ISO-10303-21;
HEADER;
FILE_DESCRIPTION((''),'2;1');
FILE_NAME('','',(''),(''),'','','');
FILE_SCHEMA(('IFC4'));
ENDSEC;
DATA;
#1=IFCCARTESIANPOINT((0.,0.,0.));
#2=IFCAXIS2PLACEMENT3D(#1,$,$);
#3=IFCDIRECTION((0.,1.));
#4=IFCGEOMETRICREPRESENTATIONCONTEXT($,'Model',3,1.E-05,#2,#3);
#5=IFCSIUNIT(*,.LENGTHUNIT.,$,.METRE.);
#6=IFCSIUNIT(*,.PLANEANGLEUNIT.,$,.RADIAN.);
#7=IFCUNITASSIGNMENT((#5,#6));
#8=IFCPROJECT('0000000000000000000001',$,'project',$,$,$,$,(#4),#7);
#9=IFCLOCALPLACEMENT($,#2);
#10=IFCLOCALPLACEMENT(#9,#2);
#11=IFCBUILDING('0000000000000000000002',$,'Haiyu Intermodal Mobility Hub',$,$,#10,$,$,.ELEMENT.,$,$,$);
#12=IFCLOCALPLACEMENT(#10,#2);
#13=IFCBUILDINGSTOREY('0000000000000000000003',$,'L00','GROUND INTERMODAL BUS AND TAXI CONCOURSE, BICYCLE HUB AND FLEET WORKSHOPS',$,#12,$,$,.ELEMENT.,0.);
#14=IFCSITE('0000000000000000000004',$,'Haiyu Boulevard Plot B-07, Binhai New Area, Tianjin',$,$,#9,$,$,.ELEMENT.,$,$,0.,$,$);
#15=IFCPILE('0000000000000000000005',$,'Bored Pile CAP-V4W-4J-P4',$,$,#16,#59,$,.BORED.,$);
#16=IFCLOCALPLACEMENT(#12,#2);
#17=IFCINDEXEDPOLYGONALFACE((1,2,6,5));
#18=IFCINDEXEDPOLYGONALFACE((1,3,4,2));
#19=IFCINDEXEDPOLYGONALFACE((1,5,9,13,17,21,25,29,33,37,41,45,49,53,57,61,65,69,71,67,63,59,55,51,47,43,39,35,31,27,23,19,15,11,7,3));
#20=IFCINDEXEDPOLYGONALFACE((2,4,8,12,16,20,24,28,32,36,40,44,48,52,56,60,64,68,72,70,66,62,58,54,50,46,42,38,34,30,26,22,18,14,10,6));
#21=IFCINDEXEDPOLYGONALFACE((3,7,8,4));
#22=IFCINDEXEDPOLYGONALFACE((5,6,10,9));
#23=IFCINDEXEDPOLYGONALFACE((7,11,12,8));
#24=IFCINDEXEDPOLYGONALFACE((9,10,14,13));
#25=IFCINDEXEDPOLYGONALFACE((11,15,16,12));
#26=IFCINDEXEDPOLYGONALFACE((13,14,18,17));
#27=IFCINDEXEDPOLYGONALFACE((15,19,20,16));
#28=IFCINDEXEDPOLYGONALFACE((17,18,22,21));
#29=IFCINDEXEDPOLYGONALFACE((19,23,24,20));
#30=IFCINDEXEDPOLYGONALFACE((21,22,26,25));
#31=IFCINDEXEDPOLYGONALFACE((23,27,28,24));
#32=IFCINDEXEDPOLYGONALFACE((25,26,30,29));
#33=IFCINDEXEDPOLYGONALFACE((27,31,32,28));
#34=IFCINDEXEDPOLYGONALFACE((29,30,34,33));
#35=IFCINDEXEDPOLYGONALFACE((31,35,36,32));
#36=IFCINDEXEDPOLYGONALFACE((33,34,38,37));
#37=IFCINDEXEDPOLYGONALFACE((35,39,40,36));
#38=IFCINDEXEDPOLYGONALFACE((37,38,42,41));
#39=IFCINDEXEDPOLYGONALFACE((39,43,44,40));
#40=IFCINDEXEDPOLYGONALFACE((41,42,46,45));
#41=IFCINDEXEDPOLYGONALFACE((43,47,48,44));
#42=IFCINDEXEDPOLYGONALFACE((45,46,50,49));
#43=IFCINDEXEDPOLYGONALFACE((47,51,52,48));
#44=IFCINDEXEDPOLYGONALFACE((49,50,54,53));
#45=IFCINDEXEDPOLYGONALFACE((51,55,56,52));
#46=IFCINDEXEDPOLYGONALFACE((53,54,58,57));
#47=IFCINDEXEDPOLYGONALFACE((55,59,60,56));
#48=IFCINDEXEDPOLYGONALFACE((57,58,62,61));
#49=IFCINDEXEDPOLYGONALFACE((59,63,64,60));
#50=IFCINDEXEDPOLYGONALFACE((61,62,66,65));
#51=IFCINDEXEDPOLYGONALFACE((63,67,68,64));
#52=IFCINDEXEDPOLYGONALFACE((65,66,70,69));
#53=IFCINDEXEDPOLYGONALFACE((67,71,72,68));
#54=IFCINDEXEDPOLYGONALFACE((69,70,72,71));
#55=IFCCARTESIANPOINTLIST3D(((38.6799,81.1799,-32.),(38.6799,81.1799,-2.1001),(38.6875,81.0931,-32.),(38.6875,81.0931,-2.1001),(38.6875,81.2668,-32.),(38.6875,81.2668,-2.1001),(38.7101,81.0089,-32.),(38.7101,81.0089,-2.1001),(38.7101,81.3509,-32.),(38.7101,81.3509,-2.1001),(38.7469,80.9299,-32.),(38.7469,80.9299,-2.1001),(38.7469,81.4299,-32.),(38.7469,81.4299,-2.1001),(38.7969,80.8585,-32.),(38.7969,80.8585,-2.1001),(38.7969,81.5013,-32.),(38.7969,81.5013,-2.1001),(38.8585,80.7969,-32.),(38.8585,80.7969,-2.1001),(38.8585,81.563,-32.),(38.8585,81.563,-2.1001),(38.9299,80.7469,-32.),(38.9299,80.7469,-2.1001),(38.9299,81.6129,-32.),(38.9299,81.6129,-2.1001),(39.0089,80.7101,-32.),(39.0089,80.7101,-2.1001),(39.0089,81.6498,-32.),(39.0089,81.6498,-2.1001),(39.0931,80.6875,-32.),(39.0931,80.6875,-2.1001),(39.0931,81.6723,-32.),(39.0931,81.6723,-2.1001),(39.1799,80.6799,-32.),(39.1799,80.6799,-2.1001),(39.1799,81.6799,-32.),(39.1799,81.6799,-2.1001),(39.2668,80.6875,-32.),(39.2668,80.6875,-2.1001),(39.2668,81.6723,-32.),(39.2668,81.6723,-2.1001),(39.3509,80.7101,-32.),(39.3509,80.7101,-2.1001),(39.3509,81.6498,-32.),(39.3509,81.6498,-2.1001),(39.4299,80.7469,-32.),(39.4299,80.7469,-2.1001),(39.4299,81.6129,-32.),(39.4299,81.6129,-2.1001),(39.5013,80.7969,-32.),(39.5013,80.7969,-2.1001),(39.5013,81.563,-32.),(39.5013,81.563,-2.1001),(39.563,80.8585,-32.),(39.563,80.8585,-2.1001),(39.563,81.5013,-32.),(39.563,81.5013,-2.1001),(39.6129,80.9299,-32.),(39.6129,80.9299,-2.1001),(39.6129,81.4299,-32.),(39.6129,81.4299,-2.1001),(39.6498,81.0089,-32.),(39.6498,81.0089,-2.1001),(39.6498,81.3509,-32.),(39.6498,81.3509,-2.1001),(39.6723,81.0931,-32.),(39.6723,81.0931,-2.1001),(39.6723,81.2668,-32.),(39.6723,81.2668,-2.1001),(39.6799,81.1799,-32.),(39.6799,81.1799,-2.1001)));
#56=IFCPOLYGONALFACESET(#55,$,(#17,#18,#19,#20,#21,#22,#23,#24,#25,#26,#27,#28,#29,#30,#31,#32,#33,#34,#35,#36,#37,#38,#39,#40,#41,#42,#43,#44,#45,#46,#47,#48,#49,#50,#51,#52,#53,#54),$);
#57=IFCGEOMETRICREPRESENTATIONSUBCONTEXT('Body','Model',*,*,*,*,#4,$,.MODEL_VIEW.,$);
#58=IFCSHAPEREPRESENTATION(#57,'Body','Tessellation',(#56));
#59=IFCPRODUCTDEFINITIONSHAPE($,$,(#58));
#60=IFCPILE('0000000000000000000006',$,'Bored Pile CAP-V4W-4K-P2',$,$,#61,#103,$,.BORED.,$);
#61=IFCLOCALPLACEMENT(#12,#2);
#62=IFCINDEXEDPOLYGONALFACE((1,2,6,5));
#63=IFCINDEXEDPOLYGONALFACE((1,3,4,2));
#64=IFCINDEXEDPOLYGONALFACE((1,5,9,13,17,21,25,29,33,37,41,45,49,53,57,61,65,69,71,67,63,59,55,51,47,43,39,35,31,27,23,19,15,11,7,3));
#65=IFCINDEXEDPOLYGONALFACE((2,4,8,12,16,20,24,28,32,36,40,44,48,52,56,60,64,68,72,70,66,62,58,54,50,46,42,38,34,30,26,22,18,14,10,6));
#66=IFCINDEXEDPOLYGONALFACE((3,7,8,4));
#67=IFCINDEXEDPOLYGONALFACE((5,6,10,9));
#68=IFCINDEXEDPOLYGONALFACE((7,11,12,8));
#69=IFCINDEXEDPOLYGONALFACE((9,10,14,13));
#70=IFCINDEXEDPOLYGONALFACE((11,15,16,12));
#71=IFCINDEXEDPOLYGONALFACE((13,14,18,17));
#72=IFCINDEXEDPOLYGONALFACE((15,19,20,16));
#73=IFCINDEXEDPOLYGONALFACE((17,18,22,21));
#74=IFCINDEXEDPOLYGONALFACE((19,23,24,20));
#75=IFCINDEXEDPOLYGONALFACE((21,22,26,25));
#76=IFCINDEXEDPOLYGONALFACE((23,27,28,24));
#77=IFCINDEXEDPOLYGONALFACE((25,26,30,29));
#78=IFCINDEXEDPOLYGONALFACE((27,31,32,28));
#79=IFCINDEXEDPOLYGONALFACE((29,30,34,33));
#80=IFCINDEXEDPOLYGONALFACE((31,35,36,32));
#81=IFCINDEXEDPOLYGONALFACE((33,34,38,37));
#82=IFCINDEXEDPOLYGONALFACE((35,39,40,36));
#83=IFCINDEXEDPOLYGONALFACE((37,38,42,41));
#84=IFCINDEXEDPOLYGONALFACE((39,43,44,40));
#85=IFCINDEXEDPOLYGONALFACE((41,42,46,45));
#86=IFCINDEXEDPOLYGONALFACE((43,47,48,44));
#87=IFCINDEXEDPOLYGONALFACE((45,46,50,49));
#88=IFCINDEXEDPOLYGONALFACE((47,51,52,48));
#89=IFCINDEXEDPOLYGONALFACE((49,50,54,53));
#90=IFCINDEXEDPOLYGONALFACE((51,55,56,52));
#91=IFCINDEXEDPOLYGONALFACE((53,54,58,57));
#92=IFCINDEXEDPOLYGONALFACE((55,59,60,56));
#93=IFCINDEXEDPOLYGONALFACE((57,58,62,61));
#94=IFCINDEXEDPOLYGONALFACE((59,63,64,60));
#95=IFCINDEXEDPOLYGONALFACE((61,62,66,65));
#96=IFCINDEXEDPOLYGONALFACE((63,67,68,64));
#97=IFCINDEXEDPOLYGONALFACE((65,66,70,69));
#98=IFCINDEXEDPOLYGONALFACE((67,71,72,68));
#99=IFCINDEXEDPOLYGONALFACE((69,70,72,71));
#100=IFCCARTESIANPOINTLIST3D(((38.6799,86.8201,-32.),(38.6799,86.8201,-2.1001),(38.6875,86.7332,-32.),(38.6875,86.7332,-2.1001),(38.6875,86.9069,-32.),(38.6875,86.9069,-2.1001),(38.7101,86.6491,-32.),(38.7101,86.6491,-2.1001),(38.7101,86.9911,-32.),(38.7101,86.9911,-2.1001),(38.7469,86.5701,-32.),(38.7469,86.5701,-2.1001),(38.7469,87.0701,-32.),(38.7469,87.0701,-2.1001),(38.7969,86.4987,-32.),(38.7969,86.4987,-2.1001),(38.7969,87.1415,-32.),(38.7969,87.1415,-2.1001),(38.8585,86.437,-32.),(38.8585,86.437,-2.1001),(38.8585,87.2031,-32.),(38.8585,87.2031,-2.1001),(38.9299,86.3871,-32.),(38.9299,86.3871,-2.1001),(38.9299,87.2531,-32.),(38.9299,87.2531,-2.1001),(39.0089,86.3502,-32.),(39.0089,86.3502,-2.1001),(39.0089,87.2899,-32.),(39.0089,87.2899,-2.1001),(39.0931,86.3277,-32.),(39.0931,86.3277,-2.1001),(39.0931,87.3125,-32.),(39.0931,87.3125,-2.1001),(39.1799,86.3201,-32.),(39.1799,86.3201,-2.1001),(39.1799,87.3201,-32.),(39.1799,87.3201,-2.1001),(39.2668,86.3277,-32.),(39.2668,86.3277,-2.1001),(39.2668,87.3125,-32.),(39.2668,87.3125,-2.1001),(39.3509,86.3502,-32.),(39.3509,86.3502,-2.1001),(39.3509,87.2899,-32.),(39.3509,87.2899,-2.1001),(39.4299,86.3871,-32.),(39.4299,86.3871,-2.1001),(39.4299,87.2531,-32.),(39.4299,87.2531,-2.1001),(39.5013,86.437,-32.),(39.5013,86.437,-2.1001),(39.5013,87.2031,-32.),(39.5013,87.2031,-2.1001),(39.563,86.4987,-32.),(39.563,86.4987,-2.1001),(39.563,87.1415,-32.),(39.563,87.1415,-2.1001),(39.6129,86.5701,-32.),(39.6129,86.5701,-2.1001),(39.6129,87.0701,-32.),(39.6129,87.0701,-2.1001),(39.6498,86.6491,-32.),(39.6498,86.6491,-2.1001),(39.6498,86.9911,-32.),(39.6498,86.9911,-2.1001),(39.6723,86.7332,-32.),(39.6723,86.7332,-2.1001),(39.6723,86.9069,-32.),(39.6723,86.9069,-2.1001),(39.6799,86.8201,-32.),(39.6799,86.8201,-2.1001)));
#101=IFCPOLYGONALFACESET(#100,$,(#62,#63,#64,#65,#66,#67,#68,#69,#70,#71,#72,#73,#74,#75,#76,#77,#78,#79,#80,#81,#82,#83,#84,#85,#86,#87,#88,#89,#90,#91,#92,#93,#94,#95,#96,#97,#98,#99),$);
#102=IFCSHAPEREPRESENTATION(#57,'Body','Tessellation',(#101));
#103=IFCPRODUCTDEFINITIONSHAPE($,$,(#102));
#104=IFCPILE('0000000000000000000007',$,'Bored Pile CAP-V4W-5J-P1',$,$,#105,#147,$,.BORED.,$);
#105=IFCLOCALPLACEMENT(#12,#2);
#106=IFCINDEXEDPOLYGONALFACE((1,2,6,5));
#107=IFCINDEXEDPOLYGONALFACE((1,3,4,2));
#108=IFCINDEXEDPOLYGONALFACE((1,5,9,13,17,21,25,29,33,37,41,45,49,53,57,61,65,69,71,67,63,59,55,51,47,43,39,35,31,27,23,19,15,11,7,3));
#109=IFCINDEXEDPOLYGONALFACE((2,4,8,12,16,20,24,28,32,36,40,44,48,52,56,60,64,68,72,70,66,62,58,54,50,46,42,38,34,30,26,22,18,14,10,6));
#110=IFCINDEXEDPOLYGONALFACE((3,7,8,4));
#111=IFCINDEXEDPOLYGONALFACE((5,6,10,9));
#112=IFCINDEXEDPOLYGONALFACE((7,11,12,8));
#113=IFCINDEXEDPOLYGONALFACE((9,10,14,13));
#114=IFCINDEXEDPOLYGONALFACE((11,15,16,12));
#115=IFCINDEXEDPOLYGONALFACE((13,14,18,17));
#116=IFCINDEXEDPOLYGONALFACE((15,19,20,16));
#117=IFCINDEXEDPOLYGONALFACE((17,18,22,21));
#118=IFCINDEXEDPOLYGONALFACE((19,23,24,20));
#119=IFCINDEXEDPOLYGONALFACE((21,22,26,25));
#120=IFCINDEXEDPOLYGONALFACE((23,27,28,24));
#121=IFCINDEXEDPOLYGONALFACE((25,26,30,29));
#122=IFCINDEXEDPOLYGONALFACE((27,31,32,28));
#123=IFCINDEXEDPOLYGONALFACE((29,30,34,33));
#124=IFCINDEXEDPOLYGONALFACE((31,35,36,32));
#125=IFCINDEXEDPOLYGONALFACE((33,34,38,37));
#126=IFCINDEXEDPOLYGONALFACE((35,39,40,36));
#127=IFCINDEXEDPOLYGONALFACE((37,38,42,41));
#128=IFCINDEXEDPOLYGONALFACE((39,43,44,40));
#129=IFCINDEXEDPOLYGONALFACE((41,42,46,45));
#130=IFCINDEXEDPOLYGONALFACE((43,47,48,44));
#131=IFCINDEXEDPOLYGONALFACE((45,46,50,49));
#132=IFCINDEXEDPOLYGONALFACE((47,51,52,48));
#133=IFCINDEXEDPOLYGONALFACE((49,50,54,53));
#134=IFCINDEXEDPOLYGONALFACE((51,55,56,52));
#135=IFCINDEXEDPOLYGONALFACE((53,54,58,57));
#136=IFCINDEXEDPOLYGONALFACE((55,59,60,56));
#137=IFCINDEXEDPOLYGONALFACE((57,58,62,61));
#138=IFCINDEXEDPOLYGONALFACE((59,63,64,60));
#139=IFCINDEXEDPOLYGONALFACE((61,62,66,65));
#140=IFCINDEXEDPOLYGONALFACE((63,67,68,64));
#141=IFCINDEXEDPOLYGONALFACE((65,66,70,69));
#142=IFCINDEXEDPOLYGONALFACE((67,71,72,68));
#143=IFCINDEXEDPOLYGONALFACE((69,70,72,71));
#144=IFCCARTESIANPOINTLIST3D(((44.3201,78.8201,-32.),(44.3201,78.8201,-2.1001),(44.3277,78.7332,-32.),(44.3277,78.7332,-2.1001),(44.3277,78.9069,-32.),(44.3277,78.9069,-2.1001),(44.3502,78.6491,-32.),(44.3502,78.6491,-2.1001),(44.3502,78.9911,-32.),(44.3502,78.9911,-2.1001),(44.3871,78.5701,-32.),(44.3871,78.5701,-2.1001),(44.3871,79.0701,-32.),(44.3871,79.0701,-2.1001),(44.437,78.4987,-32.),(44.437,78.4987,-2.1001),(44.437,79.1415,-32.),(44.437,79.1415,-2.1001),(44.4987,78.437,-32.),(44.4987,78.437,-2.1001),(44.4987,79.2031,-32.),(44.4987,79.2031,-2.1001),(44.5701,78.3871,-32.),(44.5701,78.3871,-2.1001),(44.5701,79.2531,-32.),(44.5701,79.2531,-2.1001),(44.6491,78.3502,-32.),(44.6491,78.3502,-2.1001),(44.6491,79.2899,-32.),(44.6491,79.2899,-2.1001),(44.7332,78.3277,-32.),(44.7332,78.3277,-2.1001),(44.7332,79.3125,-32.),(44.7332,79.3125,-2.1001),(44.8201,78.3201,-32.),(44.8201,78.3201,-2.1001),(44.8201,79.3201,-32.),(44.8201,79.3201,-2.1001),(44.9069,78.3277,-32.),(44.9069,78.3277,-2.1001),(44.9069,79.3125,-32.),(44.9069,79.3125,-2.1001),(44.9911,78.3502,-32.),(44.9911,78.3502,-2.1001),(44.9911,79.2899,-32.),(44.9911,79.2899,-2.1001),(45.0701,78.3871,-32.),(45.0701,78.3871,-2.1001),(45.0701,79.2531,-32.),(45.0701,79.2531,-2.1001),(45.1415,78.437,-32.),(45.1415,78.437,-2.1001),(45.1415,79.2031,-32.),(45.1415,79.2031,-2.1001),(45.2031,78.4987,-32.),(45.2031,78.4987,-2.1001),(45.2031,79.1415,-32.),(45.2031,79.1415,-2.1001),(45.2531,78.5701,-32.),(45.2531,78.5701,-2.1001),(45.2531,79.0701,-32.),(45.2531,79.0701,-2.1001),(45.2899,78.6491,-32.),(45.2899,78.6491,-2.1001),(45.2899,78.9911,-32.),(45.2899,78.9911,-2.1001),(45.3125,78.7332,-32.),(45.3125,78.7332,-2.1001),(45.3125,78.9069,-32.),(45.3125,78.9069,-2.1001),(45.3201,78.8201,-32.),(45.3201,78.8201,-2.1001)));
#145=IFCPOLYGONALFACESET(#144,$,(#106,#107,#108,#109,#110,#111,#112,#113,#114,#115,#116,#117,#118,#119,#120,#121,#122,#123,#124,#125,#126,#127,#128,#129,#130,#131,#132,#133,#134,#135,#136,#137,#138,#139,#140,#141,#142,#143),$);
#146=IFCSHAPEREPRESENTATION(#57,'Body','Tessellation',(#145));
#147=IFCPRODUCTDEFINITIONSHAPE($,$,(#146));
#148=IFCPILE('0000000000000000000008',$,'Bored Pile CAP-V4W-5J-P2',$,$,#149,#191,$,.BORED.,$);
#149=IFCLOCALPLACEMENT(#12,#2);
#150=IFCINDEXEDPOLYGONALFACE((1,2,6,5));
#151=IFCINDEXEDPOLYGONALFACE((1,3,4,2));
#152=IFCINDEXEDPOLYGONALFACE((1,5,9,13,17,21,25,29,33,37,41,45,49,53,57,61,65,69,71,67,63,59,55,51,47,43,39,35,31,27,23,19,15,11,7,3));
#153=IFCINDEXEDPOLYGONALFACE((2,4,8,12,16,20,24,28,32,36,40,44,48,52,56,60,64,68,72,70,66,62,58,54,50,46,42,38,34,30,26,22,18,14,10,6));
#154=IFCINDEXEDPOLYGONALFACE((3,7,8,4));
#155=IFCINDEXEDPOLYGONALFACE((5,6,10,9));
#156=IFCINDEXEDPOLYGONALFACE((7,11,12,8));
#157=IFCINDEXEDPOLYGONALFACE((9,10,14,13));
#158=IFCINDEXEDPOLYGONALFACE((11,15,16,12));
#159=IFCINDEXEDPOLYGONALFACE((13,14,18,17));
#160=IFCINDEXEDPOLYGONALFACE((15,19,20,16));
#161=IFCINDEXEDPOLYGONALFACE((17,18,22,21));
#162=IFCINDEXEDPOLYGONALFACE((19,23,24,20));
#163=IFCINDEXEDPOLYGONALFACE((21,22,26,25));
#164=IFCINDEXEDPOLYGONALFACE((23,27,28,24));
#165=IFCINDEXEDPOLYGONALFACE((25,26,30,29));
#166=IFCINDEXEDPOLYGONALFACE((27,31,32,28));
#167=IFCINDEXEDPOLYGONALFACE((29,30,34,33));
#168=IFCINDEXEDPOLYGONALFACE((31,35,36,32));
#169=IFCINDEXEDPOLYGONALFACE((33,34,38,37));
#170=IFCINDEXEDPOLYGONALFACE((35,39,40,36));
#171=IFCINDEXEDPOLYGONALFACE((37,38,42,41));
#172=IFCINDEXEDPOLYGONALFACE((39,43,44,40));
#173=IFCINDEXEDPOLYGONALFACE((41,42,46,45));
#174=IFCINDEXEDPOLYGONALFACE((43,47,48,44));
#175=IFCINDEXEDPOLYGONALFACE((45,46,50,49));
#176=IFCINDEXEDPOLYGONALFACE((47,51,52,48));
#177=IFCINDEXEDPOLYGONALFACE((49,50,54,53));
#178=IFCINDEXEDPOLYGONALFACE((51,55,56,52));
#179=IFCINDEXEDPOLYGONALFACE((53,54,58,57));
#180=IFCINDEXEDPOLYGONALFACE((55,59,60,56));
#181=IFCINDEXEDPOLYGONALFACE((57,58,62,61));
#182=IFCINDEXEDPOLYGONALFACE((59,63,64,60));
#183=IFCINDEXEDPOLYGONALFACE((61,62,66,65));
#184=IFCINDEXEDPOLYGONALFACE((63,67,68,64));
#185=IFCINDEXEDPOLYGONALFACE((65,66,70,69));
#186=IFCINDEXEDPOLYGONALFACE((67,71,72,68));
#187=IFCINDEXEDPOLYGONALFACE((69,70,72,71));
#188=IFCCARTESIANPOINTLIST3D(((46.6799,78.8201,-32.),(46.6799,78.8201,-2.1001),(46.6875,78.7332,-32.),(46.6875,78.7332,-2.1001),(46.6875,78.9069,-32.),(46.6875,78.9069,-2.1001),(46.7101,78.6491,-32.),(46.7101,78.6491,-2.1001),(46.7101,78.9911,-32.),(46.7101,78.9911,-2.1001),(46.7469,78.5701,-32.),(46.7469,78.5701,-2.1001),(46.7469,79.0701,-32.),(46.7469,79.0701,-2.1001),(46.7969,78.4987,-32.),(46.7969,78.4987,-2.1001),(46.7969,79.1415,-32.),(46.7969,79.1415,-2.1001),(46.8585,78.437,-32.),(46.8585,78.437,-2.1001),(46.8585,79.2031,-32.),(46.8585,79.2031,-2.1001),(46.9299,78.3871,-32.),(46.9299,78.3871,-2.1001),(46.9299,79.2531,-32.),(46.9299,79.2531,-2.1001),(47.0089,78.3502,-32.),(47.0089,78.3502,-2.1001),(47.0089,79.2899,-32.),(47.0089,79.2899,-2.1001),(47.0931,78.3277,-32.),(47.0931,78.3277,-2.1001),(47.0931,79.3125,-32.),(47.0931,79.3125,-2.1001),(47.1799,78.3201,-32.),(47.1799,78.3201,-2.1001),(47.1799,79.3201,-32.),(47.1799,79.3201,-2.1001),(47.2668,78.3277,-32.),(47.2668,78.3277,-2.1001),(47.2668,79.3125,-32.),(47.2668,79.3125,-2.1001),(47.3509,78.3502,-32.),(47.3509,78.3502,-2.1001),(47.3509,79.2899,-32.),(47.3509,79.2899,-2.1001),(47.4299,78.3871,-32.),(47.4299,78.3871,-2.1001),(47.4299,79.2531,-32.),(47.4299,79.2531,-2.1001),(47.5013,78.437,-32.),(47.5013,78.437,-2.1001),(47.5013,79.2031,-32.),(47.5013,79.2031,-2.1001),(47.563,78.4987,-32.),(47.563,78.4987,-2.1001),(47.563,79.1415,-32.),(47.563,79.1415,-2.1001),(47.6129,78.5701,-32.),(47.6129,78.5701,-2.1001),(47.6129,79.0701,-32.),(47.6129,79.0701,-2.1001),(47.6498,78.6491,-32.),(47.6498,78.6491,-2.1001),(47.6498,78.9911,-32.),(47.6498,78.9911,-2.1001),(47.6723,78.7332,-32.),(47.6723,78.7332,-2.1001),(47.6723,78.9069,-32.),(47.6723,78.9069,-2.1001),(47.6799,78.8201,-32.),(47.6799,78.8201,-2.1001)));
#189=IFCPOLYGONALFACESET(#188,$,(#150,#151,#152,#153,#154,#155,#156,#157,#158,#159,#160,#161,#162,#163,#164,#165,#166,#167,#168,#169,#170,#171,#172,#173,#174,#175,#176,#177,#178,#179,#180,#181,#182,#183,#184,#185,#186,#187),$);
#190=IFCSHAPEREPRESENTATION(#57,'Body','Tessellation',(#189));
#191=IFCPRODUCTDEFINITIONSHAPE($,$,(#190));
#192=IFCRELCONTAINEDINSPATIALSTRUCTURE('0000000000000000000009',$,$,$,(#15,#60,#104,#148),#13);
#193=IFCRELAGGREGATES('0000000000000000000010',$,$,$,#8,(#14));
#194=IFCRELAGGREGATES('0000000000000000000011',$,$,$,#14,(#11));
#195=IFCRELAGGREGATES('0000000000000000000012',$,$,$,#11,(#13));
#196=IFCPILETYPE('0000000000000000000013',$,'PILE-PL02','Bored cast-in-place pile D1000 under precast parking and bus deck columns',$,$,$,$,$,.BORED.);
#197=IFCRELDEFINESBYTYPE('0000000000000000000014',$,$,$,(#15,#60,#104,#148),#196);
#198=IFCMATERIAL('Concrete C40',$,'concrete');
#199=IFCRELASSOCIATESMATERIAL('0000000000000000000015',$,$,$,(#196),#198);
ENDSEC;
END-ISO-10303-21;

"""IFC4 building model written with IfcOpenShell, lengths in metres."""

from ifc_helpers import new_model, si_unit, direction, frame, origin, origin_2d, place, context, subcontext, project, spatial, circle, extrude, material, material_profile, profile_set, type_object, element, save


model = new_model("IFC4")

# Units and contexts
model_context = context("Model", 3, precision=1e-05, world=origin(), true_north=direction((0.0, 1.0)))
body_context = subcontext(model_context, "Body", "Model", "MODEL_VIEW")
ifc_project = project(units=[si_unit("LENGTHUNIT", "METRE"), si_unit("PLANEANGLEUNIT", "RADIAN")], contexts=[model_context])

# Site, building, storey
site_placement = place(None, origin())
site = spatial("IfcSite", under=ifc_project, at=site_placement, Name="Haiyu Boulevard Plot B-07, Binhai New Area, Tianjin", CompositionType="ELEMENT", RefElevation=0.0)
building_placement = place(site_placement, origin())
building = spatial("IfcBuilding", under=site, at=building_placement, Name="Haiyu Intermodal Mobility Hub", CompositionType="ELEMENT")
storey_placement = place(building_placement, origin())
storey = spatial("IfcBuildingStorey", under=building, at=storey_placement, Name="L00", Description="GROUND INTERMODAL BUS AND TAXI CONCOURSE, BICYCLE HUB AND FLEET WORKSHOPS", CompositionType="ELEMENT", Elevation=0.0)

# Shared definitions
ifc_material_1 = material(Name="Concrete C40", Category="concrete")

# Piles
ifc_material_profile_1 = material_profile(ifc_material_1, circle(Radius=0.5, at=origin_2d()), Name="PILE-D1000")
ifc_profile_set_1 = profile_set([ifc_material_profile_1], Name="Concrete C40")
pile_type_1 = type_object("IfcPileType", Name="PILE-PL02", Description="Bored cast-in-place pile D1000 under precast parking and bus deck columns", PredefinedType="BORED", material=ifc_profile_set_1)
for number, where, z_axis, x_axis, name in (
    (1, (39.1799, 81.1799, -2.1001), (0.0, 0.0, -1.0), (1.0, 0.0, 0.0), "Bored Pile CAP-V4W-4J-P4"),
    (2, (39.1799, 86.8201, -2.1001), (0.0, 0.0, -1.0), (1.0, 0.0, 0.0), "Bored Pile CAP-V4W-4K-P2"),
    (3, (44.8201, 78.8201, -2.1001), (0.0, 0.0, -1.0), (1.0, 0.0, 0.0), "Bored Pile CAP-V4W-5J-P1"),
    (4, (47.1799, 78.8201, -2.1001), (0.0, 0.0, -1.0), (1.0, 0.0, 0.0), "Bored Pile CAP-V4W-5J-P2"),
):
    element("IfcPile", number, at=place(storey_placement, frame(where, z_axis=z_axis, x_axis=x_axis)), inside=storey, type_object=pile_type_1, Name=name, PredefinedType="BORED", context=body_context, shape_type="SweptSolid", body=[
        extrude(circle(Radius=0.5, at=origin_2d()), origin(), (0.0, 0.0, 1.0), 29.8999),
    ])

save(model, "model.ifc")
